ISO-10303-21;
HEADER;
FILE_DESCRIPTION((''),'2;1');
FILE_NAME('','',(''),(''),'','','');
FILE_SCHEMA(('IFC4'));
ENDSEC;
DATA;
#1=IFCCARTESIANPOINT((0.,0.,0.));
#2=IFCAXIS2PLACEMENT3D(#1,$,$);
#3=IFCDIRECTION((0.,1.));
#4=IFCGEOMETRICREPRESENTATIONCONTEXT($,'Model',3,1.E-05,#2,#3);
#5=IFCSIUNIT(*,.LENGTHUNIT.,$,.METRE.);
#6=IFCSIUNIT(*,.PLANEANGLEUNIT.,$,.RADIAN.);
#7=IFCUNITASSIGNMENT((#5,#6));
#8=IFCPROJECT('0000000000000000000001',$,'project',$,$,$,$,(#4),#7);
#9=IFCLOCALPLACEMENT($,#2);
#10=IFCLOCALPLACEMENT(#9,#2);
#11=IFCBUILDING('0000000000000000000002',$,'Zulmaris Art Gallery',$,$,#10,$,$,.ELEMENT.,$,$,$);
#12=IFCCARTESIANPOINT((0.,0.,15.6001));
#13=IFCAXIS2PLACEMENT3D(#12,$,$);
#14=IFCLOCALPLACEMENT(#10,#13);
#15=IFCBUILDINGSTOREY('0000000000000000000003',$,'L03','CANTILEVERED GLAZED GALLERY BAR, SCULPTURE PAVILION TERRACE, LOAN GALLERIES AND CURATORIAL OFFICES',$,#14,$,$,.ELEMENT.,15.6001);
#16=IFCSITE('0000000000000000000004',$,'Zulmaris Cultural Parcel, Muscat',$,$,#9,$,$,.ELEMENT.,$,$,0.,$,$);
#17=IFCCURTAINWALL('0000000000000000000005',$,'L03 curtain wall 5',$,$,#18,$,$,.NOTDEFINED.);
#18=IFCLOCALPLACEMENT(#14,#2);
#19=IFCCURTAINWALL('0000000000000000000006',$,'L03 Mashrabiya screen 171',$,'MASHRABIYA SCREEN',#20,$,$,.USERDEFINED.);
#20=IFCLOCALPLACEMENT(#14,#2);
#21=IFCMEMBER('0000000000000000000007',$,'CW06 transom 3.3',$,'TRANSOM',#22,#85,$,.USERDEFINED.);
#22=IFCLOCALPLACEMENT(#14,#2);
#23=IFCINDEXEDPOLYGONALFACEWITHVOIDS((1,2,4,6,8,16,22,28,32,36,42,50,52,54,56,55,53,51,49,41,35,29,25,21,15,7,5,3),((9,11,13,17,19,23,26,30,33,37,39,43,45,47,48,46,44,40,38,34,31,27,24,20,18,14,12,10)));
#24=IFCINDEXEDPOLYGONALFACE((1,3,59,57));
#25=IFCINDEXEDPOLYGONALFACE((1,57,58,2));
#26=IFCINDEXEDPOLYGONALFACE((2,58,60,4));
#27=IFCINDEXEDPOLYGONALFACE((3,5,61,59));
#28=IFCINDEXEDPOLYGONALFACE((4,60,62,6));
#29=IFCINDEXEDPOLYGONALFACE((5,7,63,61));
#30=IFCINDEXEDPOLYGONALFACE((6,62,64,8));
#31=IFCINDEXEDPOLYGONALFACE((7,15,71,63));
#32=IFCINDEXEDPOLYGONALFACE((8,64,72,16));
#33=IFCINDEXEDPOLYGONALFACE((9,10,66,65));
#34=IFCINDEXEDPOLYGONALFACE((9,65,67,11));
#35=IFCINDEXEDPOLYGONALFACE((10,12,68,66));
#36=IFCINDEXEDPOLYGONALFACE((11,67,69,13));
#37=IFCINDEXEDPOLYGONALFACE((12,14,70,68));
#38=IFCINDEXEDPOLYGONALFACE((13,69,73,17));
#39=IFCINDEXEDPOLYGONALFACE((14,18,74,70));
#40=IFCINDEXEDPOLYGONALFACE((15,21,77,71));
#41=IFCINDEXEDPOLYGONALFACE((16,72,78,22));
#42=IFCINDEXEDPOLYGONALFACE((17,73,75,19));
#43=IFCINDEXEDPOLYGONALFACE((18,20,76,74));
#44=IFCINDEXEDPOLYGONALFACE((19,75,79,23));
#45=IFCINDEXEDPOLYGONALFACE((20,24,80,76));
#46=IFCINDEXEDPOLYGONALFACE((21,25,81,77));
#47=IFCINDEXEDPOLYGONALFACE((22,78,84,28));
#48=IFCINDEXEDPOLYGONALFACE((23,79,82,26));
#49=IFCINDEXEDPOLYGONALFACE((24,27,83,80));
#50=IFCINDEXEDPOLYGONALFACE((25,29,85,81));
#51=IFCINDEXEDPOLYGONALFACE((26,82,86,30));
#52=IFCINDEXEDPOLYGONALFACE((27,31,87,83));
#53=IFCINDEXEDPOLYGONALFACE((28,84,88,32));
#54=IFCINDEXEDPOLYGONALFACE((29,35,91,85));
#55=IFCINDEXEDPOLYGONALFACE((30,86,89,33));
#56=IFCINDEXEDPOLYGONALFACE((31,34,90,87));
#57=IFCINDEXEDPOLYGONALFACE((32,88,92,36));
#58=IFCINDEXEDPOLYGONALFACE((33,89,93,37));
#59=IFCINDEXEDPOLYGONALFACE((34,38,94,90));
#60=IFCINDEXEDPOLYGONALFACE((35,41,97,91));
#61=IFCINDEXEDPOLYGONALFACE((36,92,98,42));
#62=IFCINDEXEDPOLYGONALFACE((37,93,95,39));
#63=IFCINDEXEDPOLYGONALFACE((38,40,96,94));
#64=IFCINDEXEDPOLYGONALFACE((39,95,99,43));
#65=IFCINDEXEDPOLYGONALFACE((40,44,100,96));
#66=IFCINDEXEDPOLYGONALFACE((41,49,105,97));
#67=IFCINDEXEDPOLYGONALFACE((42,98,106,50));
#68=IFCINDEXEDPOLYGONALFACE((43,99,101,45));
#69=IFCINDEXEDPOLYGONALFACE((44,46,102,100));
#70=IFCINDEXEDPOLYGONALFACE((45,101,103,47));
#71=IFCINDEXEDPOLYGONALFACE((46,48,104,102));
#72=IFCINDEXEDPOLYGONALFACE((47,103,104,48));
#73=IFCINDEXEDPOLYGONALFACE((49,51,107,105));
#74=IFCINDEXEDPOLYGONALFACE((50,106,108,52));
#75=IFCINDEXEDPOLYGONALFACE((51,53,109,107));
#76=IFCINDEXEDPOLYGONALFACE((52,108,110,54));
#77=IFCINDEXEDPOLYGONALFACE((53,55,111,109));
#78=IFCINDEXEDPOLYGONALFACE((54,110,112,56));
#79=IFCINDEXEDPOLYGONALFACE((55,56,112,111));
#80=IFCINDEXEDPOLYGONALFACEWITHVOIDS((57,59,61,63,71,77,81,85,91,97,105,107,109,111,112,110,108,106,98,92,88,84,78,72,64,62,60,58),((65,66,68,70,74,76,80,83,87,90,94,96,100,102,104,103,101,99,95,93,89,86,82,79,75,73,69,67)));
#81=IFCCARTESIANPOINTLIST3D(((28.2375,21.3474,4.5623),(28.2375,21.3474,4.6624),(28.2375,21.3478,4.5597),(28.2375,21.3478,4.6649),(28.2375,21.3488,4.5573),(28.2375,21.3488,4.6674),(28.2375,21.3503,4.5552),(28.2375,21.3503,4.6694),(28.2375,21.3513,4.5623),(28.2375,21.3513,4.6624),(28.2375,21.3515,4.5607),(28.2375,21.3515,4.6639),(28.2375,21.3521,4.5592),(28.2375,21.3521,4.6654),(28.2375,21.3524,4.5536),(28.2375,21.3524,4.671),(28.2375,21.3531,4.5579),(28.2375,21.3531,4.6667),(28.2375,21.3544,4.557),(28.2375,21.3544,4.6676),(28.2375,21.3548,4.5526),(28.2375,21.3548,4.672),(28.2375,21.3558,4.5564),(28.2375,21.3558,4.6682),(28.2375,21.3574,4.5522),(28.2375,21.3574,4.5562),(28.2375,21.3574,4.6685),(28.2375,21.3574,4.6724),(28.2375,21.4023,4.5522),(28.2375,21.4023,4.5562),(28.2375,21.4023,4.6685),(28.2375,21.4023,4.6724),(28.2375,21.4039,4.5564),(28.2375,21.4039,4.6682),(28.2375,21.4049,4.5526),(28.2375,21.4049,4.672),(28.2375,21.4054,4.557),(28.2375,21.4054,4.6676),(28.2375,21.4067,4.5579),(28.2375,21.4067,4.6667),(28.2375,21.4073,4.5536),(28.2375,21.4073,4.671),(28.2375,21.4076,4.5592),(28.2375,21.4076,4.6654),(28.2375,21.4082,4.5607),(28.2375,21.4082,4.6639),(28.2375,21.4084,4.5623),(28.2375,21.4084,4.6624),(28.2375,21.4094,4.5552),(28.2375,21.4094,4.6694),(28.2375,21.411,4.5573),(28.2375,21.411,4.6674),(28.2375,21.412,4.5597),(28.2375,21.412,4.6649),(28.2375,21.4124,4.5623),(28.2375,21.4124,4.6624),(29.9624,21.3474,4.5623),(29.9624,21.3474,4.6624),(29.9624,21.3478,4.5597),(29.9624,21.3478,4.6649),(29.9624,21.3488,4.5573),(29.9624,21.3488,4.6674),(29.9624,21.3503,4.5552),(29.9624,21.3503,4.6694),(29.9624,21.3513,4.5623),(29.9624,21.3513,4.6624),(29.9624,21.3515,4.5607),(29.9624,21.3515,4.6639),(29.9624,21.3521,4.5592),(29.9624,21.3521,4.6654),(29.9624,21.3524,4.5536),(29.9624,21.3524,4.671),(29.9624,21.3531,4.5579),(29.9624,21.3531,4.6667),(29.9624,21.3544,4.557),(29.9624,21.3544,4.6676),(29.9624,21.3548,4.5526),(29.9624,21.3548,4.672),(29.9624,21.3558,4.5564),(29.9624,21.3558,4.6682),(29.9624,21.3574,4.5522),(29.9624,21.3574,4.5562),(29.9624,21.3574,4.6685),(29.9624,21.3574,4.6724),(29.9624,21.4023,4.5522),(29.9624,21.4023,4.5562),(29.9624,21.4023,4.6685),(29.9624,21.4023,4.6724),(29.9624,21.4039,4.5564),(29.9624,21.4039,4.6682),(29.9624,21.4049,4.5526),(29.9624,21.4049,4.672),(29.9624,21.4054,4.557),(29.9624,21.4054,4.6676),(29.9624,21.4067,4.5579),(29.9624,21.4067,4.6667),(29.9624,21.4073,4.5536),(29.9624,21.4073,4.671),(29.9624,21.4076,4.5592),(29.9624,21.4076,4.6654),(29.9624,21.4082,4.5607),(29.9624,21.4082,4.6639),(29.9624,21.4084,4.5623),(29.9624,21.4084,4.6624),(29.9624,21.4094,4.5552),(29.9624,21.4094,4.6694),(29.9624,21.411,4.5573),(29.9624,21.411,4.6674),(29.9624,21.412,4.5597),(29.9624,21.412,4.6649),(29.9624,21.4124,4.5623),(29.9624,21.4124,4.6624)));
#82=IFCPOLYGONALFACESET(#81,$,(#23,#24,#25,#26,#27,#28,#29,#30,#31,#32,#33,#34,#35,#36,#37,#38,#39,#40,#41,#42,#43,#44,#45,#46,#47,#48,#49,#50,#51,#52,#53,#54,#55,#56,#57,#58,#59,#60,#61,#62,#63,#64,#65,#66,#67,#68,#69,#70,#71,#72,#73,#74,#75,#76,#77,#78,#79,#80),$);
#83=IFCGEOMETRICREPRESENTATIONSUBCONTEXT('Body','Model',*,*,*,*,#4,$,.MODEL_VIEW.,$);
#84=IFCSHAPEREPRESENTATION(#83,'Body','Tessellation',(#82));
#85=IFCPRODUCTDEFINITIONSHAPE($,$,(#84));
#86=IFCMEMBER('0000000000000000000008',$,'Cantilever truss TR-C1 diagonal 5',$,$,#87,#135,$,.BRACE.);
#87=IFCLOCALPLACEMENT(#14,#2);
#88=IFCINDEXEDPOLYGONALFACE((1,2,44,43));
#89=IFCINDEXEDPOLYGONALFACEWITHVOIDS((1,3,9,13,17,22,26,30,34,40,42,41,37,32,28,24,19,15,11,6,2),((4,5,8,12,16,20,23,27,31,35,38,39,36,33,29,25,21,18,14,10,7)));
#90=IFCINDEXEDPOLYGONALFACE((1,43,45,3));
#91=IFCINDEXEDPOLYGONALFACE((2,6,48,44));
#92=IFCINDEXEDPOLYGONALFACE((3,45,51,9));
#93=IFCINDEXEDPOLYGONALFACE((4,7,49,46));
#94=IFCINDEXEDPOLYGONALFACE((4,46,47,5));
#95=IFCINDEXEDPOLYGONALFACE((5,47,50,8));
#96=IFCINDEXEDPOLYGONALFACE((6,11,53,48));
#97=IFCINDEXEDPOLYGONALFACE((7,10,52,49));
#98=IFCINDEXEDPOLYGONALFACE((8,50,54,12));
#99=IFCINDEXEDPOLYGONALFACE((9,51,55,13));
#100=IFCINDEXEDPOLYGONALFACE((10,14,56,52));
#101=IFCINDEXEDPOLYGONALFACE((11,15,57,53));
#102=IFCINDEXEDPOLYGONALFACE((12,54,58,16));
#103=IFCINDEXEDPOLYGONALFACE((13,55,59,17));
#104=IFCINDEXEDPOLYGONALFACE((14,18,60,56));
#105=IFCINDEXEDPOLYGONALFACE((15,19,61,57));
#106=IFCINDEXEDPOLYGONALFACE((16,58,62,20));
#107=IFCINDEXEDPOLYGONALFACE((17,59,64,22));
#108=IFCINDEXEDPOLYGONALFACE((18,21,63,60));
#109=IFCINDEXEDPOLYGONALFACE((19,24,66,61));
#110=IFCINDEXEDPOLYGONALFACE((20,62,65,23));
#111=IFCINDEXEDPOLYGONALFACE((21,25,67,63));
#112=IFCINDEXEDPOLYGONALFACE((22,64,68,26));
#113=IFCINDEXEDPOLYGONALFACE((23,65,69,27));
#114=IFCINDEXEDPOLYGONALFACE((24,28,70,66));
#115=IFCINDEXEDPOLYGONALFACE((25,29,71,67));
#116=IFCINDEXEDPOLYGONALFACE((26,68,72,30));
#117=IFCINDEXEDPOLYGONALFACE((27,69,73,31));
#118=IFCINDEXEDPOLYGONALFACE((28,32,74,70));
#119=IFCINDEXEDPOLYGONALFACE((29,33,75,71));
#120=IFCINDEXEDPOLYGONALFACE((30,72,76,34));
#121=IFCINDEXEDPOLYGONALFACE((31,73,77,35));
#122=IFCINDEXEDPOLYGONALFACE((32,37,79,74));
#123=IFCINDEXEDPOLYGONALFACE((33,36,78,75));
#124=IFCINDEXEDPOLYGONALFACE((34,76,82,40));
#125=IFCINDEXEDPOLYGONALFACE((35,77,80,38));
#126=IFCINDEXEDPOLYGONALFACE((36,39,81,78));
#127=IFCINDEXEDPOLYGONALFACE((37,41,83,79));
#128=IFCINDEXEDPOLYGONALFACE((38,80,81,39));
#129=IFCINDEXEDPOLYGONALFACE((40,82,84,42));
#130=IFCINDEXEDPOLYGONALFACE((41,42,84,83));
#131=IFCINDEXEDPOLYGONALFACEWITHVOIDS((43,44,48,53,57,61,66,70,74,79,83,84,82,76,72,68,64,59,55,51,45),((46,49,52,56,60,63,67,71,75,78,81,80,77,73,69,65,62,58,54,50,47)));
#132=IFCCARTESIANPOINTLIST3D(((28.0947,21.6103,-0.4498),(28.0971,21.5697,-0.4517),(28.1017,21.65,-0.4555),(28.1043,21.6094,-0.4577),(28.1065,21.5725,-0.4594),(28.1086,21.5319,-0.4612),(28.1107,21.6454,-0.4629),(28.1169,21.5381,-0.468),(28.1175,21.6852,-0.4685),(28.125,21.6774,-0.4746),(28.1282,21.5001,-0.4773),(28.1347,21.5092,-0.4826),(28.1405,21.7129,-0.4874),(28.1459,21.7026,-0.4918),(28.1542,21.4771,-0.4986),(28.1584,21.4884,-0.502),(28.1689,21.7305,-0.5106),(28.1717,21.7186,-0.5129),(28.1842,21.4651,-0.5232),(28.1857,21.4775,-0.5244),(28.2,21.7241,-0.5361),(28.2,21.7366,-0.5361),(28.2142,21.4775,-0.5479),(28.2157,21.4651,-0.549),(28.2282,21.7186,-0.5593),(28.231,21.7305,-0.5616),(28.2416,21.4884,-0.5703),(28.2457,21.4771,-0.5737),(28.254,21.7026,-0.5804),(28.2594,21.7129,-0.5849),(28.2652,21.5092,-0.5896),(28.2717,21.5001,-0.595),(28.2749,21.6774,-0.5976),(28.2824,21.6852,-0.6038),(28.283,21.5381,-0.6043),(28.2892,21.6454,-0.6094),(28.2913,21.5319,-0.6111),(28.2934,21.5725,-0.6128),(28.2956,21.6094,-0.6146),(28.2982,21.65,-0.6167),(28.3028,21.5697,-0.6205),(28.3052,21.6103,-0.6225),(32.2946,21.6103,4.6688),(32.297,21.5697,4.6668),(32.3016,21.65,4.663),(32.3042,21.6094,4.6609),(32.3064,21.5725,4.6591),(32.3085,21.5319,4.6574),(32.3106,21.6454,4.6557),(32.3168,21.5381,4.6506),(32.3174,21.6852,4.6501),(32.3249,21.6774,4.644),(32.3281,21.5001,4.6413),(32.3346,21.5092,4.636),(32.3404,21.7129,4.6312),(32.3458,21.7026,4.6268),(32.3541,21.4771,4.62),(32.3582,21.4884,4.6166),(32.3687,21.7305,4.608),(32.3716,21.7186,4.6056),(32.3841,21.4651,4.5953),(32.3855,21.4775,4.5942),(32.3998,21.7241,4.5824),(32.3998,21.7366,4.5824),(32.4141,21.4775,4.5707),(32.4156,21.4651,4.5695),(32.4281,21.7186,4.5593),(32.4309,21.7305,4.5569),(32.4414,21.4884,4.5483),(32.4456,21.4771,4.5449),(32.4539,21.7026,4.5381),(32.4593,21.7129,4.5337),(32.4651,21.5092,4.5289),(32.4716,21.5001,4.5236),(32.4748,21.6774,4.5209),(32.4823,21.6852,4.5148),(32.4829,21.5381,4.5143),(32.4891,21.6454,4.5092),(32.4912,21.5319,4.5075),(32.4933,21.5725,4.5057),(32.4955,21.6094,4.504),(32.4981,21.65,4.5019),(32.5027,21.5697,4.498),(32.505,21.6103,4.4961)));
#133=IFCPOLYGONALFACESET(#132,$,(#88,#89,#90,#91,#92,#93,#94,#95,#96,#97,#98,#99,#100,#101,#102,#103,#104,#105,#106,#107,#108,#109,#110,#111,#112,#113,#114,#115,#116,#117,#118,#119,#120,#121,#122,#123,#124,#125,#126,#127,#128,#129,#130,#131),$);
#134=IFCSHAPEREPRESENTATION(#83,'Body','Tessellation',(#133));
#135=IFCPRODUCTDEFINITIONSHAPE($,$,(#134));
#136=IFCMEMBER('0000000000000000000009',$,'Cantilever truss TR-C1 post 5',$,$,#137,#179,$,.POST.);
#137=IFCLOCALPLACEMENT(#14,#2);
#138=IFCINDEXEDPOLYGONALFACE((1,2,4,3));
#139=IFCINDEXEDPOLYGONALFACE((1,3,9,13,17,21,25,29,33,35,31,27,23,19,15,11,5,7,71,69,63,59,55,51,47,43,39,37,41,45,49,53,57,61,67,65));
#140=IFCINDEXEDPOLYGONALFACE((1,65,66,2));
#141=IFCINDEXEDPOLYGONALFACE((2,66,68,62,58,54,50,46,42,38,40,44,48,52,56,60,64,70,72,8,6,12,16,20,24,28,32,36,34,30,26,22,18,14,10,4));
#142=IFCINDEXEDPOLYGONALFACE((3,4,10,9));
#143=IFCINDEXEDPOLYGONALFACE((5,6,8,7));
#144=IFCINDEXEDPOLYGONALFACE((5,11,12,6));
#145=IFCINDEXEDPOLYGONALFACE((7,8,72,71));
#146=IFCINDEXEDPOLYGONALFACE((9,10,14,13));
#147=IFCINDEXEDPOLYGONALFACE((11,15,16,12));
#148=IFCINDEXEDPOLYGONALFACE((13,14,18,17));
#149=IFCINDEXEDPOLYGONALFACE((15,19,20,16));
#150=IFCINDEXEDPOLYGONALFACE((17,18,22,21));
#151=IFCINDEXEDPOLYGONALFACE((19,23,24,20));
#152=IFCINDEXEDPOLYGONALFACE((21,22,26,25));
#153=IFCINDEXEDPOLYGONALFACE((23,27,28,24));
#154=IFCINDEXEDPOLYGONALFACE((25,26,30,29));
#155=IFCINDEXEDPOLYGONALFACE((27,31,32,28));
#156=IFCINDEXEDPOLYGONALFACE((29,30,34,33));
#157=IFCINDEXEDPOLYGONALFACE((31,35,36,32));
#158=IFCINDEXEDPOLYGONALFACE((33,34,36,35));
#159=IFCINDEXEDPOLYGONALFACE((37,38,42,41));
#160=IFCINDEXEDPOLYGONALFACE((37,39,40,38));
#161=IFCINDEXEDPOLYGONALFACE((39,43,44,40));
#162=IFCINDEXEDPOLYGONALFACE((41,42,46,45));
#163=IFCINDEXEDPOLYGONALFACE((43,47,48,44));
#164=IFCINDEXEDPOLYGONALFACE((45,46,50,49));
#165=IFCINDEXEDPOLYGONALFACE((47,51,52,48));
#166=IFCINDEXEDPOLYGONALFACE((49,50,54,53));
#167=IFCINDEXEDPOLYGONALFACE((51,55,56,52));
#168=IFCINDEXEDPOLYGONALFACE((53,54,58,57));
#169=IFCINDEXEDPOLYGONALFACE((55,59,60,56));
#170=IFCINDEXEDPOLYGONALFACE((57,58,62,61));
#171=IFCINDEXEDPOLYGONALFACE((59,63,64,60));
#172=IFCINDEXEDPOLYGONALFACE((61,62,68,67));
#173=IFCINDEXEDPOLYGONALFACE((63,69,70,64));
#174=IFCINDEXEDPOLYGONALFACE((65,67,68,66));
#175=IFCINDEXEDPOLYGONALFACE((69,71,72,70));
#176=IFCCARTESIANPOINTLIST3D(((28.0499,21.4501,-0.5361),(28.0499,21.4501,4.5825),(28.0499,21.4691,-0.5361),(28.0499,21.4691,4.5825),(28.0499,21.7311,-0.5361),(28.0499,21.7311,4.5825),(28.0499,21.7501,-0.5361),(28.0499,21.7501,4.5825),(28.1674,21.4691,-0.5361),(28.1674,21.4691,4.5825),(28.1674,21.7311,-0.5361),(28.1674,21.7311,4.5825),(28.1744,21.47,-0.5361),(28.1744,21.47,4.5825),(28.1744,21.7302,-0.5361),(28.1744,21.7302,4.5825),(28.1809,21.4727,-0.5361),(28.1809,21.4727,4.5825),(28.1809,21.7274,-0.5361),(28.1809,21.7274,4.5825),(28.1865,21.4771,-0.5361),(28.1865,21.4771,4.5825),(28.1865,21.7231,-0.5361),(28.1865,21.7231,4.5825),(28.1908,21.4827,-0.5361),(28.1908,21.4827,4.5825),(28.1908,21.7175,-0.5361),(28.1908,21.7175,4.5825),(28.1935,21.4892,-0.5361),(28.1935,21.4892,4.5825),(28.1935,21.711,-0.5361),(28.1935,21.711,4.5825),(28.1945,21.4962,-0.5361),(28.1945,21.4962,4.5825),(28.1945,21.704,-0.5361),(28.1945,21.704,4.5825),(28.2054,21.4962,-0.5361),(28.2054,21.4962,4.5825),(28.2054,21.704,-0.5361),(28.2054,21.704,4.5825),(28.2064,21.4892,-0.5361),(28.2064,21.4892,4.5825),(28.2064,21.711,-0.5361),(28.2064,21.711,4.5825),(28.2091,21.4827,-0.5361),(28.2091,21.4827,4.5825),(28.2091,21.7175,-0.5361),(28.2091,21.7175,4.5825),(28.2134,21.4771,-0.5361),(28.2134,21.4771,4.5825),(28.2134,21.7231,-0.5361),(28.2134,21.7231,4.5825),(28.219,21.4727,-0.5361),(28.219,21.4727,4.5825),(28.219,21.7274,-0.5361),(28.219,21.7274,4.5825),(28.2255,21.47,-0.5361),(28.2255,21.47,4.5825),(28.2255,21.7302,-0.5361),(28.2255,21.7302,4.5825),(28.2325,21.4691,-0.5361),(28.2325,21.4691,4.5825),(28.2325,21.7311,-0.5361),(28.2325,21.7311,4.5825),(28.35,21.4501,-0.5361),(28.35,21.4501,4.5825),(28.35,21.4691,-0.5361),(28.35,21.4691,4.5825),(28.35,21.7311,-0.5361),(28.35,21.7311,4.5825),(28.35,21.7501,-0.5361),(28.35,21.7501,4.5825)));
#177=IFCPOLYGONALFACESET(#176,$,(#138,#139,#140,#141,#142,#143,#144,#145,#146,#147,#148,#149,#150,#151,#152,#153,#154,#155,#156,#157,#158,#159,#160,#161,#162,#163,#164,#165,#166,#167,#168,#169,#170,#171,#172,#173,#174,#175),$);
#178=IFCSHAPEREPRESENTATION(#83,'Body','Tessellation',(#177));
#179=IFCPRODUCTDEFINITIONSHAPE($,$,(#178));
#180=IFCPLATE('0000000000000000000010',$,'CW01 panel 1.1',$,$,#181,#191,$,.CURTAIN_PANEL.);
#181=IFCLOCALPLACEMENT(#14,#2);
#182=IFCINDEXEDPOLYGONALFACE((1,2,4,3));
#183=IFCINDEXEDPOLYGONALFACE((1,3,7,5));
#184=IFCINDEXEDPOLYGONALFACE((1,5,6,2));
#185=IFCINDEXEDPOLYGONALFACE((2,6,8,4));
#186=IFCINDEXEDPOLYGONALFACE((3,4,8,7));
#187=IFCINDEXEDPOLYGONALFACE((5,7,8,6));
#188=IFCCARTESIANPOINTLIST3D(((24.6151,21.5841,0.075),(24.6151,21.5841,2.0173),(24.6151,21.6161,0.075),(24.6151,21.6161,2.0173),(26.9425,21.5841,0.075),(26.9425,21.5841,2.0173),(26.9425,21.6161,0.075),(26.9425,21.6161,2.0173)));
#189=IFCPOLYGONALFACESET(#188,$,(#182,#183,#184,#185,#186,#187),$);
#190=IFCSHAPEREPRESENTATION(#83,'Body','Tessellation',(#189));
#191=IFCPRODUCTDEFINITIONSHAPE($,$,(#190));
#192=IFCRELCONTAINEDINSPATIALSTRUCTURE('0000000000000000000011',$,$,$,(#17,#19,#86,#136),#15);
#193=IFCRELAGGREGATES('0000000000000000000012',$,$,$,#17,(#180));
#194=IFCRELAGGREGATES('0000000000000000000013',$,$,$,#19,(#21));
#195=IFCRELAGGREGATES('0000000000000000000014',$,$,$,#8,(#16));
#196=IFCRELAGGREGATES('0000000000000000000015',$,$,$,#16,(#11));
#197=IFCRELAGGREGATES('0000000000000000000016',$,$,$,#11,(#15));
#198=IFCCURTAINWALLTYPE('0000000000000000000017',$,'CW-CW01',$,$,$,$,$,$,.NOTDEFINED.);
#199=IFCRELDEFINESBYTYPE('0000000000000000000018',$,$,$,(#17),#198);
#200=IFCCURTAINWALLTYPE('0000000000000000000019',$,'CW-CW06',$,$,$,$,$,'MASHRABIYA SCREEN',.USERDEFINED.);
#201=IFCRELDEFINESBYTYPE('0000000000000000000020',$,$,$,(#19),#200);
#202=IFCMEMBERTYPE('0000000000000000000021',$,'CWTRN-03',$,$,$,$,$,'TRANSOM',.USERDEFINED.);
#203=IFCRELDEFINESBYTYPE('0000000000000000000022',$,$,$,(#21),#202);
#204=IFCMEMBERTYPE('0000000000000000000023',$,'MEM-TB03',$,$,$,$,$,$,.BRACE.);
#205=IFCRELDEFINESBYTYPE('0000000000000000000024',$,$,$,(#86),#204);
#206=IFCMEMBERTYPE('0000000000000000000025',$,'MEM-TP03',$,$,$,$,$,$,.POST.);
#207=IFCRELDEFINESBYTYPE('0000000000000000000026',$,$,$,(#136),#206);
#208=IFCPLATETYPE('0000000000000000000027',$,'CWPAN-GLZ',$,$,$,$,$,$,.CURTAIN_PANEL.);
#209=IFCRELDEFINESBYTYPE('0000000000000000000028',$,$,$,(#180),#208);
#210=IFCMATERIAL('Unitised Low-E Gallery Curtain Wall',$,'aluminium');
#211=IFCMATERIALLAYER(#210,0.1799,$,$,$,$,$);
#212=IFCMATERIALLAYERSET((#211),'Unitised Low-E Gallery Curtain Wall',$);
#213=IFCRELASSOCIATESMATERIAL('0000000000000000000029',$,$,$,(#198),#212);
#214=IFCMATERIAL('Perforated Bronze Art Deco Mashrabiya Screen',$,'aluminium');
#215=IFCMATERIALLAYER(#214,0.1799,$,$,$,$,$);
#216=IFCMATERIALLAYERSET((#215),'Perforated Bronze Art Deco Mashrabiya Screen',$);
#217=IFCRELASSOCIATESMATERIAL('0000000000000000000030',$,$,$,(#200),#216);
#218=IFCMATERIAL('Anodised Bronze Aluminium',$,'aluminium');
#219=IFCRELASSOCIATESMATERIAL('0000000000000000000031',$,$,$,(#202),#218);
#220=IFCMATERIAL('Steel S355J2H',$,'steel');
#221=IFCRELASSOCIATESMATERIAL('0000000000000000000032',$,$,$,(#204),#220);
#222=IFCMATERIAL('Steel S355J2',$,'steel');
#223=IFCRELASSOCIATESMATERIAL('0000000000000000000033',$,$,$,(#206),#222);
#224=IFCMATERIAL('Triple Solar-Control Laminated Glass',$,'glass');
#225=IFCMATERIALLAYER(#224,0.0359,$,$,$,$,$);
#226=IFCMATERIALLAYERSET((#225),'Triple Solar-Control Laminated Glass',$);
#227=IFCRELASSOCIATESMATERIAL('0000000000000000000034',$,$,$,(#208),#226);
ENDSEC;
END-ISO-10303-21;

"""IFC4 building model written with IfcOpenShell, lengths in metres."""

from ifc_helpers import new_model, si_unit, direction, frame, origin, origin_2d, place, context, subcontext, project, spatial, rectangle, hollow_rectangle, hollow_circle, i_section, extrude, material, layer, layer_set, material_profile, profile_set, type_object, element, aggregate, save


model = new_model("IFC4")

# Units and contexts
model_context = context("Model", 3, precision=1e-05, world=origin(), true_north=direction((0.0, 1.0)))
body_context = subcontext(model_context, "Body", "Model", "MODEL_VIEW")
ifc_project = project(units=[si_unit("LENGTHUNIT", "METRE"), si_unit("PLANEANGLEUNIT", "RADIAN")], contexts=[model_context])

# Site, building, storey
site_placement = place(None, origin())
site = spatial("IfcSite", under=ifc_project, at=site_placement, Name="Zulmaris Cultural Parcel, Muscat", CompositionType="ELEMENT", RefElevation=0.0)
building_placement = place(site_placement, origin())
building = spatial("IfcBuilding", under=site, at=building_placement, Name="Zulmaris Art Gallery", CompositionType="ELEMENT")
storey_placement = place(building_placement, frame((0.0, 0.0, 15.6001)))
storey = spatial("IfcBuildingStorey", under=building, at=storey_placement, Name="L03", Description="CANTILEVERED GLAZED GALLERY BAR, SCULPTURE PAVILION TERRACE, LOAN GALLERIES AND CURATORIAL OFFICES", CompositionType="ELEMENT", Elevation=15.6001)

# Shared definitions
ifc_material_1 = material(Name="Steel S355J2", Category="steel")

# Curtain wall
ifc_material_2 = material(Name="Unitised Low-E Gallery Curtain Wall", Category="aluminium")
ifc_layer_1 = layer(ifc_material_2, 0.1799)
ifc_layer_set_1 = layer_set([ifc_layer_1], Name="Unitised Low-E Gallery Curtain Wall")
curtain_wall_type_1 = type_object("IfcCurtainWallType", Name="CW-CW01", PredefinedType="NOTDEFINED", material=ifc_layer_set_1)
curtain_wall_1_placement = place(storey_placement, origin())
curtain_wall_1 = element("IfcCurtainWall", 1, at=curtain_wall_1_placement, inside=storey, type_object=curtain_wall_type_1, Name="L03 curtain wall 5", PredefinedType="NOTDEFINED")
ifc_material_3 = material(Name="Anodised Bronze Aluminium", Category="aluminium")

# Curtain wall
ifc_material_4 = material(Name="Perforated Bronze Art Deco Mashrabiya Screen", Category="aluminium")
ifc_layer_2 = layer(ifc_material_4, 0.1799)
ifc_layer_set_2 = layer_set([ifc_layer_2], Name="Perforated Bronze Art Deco Mashrabiya Screen")
curtain_wall_type_2 = type_object("IfcCurtainWallType", Name="CW-CW06", ElementType="MASHRABIYA SCREEN", PredefinedType="USERDEFINED", material=ifc_layer_set_2)
curtain_wall_2_placement = place(storey_placement, origin())
curtain_wall_2 = element("IfcCurtainWall", 2, at=curtain_wall_2_placement, inside=storey, type_object=curtain_wall_type_2, Name="L03 Mashrabiya screen 171", ObjectType="MASHRABIYA SCREEN", PredefinedType="USERDEFINED")

# Member
ifc_material_profile_1 = material_profile(ifc_material_3, hollow_rectangle(XDim=0.0649, YDim=0.1201, WallThickness=0.0039, InnerFilletRadius=0.0061, OuterFilletRadius=0.01, at=origin_2d()), Name="ALU 65x120x4")
ifc_profile_set_1 = profile_set([ifc_material_profile_1], Name="Anodised Bronze Aluminium")
member_type_1 = type_object("IfcMemberType", Name="CWTRN-03", ElementType="TRANSOM", PredefinedType="USERDEFINED", material=ifc_profile_set_1)
member_1_placement = place(storey_placement, frame((28.2375, 21.3799, 4.6123), z_axis=(1.0, 0.0, 0.0), x_axis=(0.0, 1.0, 0.0)))
member_1 = element("IfcMember", 3, at=member_1_placement, type_object=member_type_1, Name="CW06 transom 3.3", ObjectType="TRANSOM", PredefinedType="USERDEFINED", context=body_context, shape_type="SweptSolid", body=[
    extrude(hollow_rectangle(XDim=0.0649, YDim=0.1201, WallThickness=0.0039, InnerFilletRadius=0.0061, OuterFilletRadius=0.01, at=origin_2d()), origin(), (0.0, 0.0, 1.0), 1.7249),
])

# Members
ifc_material_5 = material(Name="Steel S355J2H", Category="steel")
ifc_material_profile_2 = material_profile(ifc_material_5, hollow_circle(Radius=0.1365, WallThickness=0.0125, at=origin_2d()), Name="CHS 273x12.5")
ifc_profile_set_2 = profile_set([ifc_material_profile_2], Name="Steel S355J2H")
member_type_2 = type_object("IfcMemberType", Name="MEM-TB03", PredefinedType="BRACE", material=ifc_profile_set_2)
member_2_placement = place(storey_placement, frame((28.2, 21.6001, -0.5361), z_axis=(0.634319, 0.0, 0.773071), x_axis=(0.0, 1.0, 0.0)))
element("IfcMember", 4, at=member_2_placement, inside=storey, type_object=member_type_2, Name="Cantilever truss TR-C1 diagonal 5", PredefinedType="BRACE", context=body_context, shape_type="SweptSolid", body=[
    extrude(hollow_circle(Radius=0.1365, WallThickness=0.0125, at=origin_2d()), origin(), (0.0, 0.0, 1.0), 6.6211),
])
ifc_material_profile_3 = material_profile(ifc_material_1, i_section(OverallWidth=0.3, OverallDepth=0.3, WebThickness=0.011, FlangeThickness=0.019, FilletRadius=0.0271, at=origin_2d()), Name="HEB 300")
ifc_profile_set_3 = profile_set([ifc_material_profile_3], Name="Steel S355J2")
member_type_3 = type_object("IfcMemberType", Name="MEM-TP03", PredefinedType="POST", material=ifc_profile_set_3)
member_3_placement = place(storey_placement, frame((28.2, 21.6001, -0.5361), z_axis=(0.0, 0.0, 1.0), x_axis=(1.0, 0.0, 0.0)))
element("IfcMember", 5, at=member_3_placement, inside=storey, type_object=member_type_3, Name="Cantilever truss TR-C1 post 5", PredefinedType="POST", context=body_context, shape_type="SweptSolid", body=[
    extrude(i_section(OverallWidth=0.3, OverallDepth=0.3, WebThickness=0.011, FlangeThickness=0.019, FilletRadius=0.0271, at=origin_2d()), origin(), (0.0, 0.0, 1.0), 5.1187),
])

# Plate
ifc_material_6 = material(Name="Triple Solar-Control Laminated Glass", Category="glass")
ifc_layer_3 = layer(ifc_material_6, 0.0359)
ifc_layer_set_3 = layer_set([ifc_layer_3], Name="Triple Solar-Control Laminated Glass")
plate_type_1 = type_object("IfcPlateType", Name="CWPAN-GLZ", PredefinedType="CURTAIN_PANEL", material=ifc_layer_set_3)
plate_1_placement = place(storey_placement, frame((25.7788, 21.6001, 0.075), z_axis=(0.0, 0.0, 1.0), x_axis=(1.0, 0.0, 0.0)))
plate_1 = element("IfcPlate", 6, at=plate_1_placement, type_object=plate_type_1, Name="CW01 panel 1.1", PredefinedType="CURTAIN_PANEL", context=body_context, shape_type="SweptSolid", body=[
    extrude(rectangle(XDim=2.3274, YDim=0.032, at=origin_2d()), origin(), (0.0, 0.0, 1.0), 1.9424),
])
aggregate(curtain_wall_1, [plate_1])
aggregate(curtain_wall_2, [member_1])

save(model, "model.ifc")
